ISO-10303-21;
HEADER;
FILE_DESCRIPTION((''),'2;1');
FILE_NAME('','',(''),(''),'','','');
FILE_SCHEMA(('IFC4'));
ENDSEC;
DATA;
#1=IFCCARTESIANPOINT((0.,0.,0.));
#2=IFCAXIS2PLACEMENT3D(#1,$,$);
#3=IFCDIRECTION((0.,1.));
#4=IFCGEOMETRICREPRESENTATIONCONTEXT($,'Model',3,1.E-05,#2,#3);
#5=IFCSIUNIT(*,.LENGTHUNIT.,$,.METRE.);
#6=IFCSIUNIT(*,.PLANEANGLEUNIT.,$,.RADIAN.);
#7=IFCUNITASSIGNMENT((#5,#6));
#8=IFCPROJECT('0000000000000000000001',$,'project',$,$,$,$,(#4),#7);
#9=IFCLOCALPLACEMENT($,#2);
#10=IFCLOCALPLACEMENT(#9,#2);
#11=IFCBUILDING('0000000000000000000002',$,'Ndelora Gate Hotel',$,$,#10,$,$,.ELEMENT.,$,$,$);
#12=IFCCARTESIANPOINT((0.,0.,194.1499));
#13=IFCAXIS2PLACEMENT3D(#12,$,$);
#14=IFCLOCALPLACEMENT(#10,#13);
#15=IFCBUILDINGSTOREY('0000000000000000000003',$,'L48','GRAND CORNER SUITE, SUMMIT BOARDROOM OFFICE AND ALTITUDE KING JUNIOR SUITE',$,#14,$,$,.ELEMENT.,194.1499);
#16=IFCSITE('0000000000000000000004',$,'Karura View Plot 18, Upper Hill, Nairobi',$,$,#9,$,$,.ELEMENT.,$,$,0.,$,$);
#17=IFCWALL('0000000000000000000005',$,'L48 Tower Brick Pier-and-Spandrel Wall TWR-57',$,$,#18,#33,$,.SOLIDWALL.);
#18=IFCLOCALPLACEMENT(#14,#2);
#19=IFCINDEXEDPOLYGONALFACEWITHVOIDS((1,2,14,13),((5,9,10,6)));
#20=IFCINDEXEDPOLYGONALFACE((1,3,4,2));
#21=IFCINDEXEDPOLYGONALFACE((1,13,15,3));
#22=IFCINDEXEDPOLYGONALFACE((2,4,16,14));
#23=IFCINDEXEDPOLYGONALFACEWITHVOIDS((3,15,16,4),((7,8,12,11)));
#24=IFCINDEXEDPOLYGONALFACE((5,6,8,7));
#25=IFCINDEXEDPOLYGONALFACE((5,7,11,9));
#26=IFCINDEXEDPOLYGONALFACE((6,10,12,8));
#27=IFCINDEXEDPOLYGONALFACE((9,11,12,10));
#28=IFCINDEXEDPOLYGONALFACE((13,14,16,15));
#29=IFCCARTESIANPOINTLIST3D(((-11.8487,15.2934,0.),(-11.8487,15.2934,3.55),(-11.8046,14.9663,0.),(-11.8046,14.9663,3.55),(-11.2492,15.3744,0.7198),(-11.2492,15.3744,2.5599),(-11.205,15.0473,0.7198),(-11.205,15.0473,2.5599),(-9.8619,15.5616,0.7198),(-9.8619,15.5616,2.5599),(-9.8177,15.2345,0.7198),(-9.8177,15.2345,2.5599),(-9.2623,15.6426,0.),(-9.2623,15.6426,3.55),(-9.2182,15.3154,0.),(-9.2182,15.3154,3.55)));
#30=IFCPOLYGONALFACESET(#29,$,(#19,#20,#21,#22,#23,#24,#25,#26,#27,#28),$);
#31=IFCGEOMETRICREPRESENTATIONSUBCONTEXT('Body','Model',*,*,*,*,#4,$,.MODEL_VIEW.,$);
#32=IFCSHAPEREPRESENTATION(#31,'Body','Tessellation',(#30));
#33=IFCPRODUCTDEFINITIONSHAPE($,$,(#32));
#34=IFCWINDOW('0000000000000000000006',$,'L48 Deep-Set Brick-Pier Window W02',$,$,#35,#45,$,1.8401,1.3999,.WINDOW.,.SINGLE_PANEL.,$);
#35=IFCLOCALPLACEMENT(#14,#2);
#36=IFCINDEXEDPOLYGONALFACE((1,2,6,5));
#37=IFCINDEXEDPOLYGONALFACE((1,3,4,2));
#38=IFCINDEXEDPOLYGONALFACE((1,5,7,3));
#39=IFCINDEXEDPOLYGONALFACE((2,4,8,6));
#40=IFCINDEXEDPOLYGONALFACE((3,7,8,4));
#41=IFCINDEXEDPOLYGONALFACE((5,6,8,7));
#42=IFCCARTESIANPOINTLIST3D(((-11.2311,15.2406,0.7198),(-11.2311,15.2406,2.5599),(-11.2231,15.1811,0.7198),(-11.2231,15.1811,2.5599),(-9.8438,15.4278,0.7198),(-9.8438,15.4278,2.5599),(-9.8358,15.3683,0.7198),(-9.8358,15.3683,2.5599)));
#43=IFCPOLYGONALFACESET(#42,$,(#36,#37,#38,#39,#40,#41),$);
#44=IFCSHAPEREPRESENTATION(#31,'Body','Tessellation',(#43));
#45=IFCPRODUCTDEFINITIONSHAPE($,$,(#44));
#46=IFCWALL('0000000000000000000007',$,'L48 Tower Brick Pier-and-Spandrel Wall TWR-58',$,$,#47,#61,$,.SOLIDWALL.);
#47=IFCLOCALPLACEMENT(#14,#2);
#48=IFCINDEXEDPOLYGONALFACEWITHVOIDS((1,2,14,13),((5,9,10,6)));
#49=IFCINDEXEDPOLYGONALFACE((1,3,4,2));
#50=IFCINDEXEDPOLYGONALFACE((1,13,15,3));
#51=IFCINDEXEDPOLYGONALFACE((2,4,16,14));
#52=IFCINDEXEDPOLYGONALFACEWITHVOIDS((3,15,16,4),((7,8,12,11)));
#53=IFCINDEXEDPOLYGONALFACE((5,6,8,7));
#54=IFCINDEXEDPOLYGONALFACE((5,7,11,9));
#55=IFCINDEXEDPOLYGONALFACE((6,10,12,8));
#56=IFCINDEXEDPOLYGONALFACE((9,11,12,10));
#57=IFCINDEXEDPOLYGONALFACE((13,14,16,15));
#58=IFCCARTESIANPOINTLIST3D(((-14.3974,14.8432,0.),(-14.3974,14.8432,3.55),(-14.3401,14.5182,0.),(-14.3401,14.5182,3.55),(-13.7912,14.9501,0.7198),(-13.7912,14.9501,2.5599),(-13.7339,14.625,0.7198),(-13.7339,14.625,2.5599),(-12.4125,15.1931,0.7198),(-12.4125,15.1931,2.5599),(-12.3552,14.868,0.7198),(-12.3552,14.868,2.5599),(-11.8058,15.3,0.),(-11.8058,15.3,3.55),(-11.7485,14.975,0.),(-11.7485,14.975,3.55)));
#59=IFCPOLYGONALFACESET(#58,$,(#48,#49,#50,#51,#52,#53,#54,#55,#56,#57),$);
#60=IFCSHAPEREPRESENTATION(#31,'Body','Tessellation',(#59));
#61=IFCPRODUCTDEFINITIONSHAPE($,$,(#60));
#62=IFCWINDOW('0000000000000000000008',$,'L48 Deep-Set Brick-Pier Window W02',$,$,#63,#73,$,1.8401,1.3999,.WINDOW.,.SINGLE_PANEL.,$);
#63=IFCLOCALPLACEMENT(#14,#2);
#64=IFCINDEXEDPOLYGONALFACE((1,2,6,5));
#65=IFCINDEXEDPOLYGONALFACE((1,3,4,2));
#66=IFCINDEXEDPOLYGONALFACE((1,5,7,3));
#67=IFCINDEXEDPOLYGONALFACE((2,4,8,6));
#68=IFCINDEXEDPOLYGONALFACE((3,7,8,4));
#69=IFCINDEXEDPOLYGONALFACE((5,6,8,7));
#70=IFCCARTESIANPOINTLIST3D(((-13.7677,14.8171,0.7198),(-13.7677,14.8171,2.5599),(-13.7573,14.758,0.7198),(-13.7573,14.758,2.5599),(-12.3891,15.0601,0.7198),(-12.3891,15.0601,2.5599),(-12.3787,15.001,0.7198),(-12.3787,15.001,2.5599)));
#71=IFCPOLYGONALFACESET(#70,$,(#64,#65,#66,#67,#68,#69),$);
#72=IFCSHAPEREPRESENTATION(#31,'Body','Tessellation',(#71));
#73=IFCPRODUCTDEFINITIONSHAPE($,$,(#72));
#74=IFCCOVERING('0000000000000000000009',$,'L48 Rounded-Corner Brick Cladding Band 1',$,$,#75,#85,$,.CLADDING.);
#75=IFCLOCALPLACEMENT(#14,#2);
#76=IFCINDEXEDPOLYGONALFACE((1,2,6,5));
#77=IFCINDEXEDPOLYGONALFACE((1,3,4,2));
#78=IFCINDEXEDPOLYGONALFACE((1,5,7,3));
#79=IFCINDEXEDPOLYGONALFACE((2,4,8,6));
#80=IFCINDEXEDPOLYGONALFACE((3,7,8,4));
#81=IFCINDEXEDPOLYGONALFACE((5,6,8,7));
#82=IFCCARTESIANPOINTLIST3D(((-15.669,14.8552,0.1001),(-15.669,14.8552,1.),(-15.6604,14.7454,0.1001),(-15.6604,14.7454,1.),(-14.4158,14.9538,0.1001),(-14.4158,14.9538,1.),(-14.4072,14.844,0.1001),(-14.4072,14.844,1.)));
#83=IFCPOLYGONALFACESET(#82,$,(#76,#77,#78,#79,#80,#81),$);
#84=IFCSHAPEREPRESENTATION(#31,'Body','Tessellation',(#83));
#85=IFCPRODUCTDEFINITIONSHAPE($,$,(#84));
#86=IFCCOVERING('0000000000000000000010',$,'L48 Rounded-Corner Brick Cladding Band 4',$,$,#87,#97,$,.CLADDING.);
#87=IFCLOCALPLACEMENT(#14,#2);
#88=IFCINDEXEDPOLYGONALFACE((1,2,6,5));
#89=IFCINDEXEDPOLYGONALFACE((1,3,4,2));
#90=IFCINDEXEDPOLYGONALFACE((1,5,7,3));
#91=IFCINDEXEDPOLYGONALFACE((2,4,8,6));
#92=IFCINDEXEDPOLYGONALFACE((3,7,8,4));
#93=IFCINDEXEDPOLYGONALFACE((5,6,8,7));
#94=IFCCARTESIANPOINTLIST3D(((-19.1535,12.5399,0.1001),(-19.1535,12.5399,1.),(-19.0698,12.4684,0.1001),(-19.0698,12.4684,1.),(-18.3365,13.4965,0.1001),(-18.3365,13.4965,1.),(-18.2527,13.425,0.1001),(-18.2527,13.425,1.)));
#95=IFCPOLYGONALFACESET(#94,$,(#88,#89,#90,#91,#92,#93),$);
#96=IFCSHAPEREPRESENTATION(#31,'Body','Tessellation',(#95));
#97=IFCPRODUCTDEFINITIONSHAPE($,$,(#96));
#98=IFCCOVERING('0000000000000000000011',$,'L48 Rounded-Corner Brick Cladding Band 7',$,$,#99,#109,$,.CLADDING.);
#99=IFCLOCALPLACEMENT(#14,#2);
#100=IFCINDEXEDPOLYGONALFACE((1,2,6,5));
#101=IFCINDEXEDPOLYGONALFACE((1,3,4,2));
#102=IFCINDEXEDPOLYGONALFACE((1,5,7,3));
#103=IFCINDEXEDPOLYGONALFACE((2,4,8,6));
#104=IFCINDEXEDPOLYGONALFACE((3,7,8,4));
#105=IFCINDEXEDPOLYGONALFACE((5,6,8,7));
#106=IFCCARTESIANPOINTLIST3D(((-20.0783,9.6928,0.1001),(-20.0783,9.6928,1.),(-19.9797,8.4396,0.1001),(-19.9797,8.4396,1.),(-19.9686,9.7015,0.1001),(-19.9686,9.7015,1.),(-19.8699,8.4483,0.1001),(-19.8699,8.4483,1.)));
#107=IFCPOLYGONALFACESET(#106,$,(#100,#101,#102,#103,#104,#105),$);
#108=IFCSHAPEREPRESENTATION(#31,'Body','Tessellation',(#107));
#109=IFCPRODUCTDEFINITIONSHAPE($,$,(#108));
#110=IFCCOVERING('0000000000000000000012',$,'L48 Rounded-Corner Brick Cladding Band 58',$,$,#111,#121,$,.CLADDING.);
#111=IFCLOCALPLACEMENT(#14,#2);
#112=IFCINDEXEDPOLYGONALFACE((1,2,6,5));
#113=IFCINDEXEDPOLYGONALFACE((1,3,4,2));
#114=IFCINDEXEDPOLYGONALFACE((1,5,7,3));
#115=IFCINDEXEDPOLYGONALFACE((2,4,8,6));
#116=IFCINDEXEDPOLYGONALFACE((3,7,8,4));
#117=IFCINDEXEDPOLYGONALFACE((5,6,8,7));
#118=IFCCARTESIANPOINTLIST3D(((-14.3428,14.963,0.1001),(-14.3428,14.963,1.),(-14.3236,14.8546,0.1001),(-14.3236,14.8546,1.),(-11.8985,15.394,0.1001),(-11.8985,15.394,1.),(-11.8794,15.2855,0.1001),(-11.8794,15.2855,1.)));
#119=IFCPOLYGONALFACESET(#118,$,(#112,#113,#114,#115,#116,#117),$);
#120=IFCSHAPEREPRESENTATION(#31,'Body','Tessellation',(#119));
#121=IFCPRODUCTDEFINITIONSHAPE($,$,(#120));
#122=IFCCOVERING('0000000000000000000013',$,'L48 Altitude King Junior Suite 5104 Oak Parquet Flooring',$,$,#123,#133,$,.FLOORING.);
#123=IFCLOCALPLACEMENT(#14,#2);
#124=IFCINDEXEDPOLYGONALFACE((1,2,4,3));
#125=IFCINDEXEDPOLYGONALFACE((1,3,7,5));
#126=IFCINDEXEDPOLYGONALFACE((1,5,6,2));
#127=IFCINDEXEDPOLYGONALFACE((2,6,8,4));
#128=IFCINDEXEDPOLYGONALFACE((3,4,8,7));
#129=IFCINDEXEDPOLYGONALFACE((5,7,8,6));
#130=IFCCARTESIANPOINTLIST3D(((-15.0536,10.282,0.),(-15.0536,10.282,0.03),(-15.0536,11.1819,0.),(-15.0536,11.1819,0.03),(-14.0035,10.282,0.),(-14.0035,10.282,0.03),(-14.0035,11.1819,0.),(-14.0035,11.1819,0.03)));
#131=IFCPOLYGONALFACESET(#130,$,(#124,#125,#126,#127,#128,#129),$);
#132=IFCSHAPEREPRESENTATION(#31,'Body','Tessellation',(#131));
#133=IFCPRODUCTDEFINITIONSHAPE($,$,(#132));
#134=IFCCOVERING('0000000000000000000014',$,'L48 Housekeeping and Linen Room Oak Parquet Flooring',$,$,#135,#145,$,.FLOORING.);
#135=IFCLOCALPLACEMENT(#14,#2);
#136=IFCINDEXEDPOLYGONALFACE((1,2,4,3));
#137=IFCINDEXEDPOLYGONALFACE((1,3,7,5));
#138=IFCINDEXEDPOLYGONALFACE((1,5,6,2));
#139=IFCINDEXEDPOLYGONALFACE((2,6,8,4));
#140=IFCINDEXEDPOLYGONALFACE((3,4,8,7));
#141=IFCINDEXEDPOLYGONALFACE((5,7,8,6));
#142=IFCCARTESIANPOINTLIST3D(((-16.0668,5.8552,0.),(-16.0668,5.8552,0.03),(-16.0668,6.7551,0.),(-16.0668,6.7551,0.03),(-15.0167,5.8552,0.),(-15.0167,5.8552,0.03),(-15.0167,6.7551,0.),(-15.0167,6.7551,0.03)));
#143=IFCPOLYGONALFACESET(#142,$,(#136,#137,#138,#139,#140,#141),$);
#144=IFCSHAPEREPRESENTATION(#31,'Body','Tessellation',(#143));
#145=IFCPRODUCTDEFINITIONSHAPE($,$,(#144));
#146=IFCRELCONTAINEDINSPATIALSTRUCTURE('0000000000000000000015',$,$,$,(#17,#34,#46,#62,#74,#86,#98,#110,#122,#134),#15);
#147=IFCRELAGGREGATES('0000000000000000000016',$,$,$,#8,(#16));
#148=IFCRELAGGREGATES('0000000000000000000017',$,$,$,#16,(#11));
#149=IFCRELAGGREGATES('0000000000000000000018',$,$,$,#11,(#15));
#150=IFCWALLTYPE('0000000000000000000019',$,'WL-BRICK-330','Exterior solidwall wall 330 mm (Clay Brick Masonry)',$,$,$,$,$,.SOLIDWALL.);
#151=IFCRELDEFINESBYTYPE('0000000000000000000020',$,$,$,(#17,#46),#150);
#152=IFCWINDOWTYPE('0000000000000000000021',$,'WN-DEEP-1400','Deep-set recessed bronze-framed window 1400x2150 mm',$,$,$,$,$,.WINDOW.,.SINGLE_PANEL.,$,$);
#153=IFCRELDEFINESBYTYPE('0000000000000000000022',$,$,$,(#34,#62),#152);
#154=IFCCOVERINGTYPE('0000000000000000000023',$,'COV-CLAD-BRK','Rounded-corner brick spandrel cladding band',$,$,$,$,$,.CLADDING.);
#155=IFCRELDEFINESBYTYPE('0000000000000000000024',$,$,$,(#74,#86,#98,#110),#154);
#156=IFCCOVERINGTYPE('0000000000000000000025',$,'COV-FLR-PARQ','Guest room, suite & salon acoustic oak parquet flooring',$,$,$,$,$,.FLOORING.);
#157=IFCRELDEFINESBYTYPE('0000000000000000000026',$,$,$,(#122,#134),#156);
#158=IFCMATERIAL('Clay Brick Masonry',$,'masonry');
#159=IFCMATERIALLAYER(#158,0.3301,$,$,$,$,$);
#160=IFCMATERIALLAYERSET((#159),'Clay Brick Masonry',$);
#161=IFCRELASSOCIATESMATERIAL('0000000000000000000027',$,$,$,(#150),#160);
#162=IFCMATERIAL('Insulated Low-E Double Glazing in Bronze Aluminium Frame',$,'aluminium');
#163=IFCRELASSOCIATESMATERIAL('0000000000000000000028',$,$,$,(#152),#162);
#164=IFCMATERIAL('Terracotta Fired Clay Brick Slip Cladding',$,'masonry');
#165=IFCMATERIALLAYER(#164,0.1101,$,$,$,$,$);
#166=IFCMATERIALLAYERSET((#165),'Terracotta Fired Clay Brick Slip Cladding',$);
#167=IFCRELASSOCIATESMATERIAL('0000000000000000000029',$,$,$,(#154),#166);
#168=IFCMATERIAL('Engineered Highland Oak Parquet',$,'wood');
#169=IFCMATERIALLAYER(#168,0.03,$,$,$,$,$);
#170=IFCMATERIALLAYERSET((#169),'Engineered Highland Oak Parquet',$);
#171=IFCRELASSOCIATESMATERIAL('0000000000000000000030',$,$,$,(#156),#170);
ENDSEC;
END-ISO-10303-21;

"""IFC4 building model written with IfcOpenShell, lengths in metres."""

from ifc_helpers import new_model, si_unit, direction, frame, frame_2d, origin, origin_2d, place, context, subcontext, project, spatial, rectangle, extrude, material, layer, layer_set, type_object, element, fill, save


model = new_model("IFC4")

# Units and contexts
model_context = context("Model", 3, precision=1e-05, world=origin(), true_north=direction((0.0, 1.0)))
body_context = subcontext(model_context, "Body", "Model", "MODEL_VIEW")
ifc_project = project(units=[si_unit("LENGTHUNIT", "METRE"), si_unit("PLANEANGLEUNIT", "RADIAN")], contexts=[model_context])

# Site, building, storey
site_placement = place(None, origin())
site = spatial("IfcSite", under=ifc_project, at=site_placement, Name="Karura View Plot 18, Upper Hill, Nairobi", CompositionType="ELEMENT", RefElevation=0.0)
building_placement = place(site_placement, origin())
building = spatial("IfcBuilding", under=site, at=building_placement, Name="Ndelora Gate Hotel", CompositionType="ELEMENT")
storey_placement = place(building_placement, frame((0.0, 0.0, 194.1499)))
storey = spatial("IfcBuildingStorey", under=building, at=storey_placement, Name="L48", Description="GRAND CORNER SUITE, SUMMIT BOARDROOM OFFICE AND ALTITUDE KING JUNIOR SUITE", CompositionType="ELEMENT", Elevation=194.1499)

# Shared definitions
ifc_material_1 = material(Name="Clay Brick Masonry", Category="masonry")
ifc_layer_1 = layer(ifc_material_1, 0.3301)
ifc_layer_set_1 = layer_set([ifc_layer_1], Name="Clay Brick Masonry")
wall_type = type_object("IfcWallType", Name="WL-BRICK-330", Description="Exterior solidwall wall 330 mm (Clay Brick Masonry)", PredefinedType="SOLIDWALL", material=ifc_layer_set_1)

# Walls, openings, windows
ifc_material_2 = material(Name="Insulated Low-E Double Glazing in Bronze Aluminium Frame", Category="aluminium")
window_type = type_object("IfcWindowType", Name="WN-DEEP-1400", Description="Deep-set recessed bronze-framed window 1400x2150 mm", PartitioningType="SINGLE_PANEL", PredefinedType="WINDOW", material=ifc_material_2)
wall_1_placement = place(storey_placement, frame((-11.8267, 15.1299, 0.0), z_axis=(0.0, 0.0, 1.0), x_axis=(0.991013, 0.133769, 0.0)))
wall_1 = element("IfcWall", 1, at=wall_1_placement, inside=storey, type_object=wall_type, Name="L48 Tower Brick Pier-and-Spandrel Wall TWR-57", PredefinedType="SOLIDWALL", context=body_context, shape_type="SweptSolid", body=[
    extrude(rectangle(XDim=2.6099, YDim=0.3301, at=frame_2d((1.3049, 0.0))), origin(), (0.0, 0.0, 1.0), 3.55),
])
opening_1_placement = place(wall_1_placement, frame((0.605, 0.0, 0.72)))
opening_1 = element("IfcOpeningElement", 2, at=opening_1_placement, cuts=wall_1, PredefinedType="OPENING", context=body_context, shape_type="SweptSolid", body=[
    extrude(rectangle(XDim=1.3999, YDim=1.8401, at=frame_2d((0.7, 0.9199))), frame((0.0, 0.175, 0.0), z_axis=(0.0, -1.0, 0.0), x_axis=(1.0, 0.0, 0.0)), (0.0, 0.0, 1.0), 0.3501),
])
window_1_placement = place(opening_1_placement, origin())
window_1 = element("IfcWindow", 3, at=window_1_placement, inside=storey, type_object=window_type, Name="L48 Deep-Set Brick-Pier Window W02", OverallHeight=1.8401, OverallWidth=1.3999, PartitioningType="SINGLE_PANEL", PredefinedType="WINDOW", context=body_context, shape_type="SweptSolid", body=[
    extrude(rectangle(XDim=1.3999, YDim=1.8401, at=frame_2d((0.7, 0.9199))), frame((0.0, 0.03, 0.0), z_axis=(0.0, -1.0, 0.0), x_axis=(1.0, 0.0, 0.0)), (0.0, 0.0, 1.0), 0.0601),
])
fill(opening_1, window_1)
wall_2_placement = place(storey_placement, frame((-14.3689, 14.6807, 0.0), z_axis=(0.0, 0.0, 1.0), x_axis=(0.984819, 0.173584, 0.0)))
wall_2 = element("IfcWall", 4, at=wall_2_placement, inside=storey, type_object=wall_type, Name="L48 Tower Brick Pier-and-Spandrel Wall TWR-58", PredefinedType="SOLIDWALL", context=body_context, shape_type="SweptSolid", body=[
    extrude(rectangle(XDim=2.6316, YDim=0.3301, at=frame_2d((1.3159, 0.0))), origin(), (0.0, 0.0, 1.0), 3.55),
])
opening_2_placement = place(wall_2_placement, frame((0.6157, 0.0, 0.72)))
opening_2 = element("IfcOpeningElement", 5, at=opening_2_placement, cuts=wall_2, PredefinedType="OPENING", context=body_context, shape_type="SweptSolid", body=[
    extrude(rectangle(XDim=1.3999, YDim=1.8401, at=frame_2d((0.7, 0.9199))), frame((0.0, 0.175, 0.0), z_axis=(0.0, -1.0, 0.0), x_axis=(1.0, 0.0, 0.0)), (0.0, 0.0, 1.0), 0.3501),
])
window_2_placement = place(opening_2_placement, origin())
window_2 = element("IfcWindow", 6, at=window_2_placement, inside=storey, type_object=window_type, Name="L48 Deep-Set Brick-Pier Window W02", OverallHeight=1.8401, OverallWidth=1.3999, PartitioningType="SINGLE_PANEL", PredefinedType="WINDOW", context=body_context, shape_type="SweptSolid", body=[
    extrude(rectangle(XDim=1.3999, YDim=1.8401, at=frame_2d((0.7, 0.9199))), frame((0.0, 0.03, 0.0), z_axis=(0.0, -1.0, 0.0), x_axis=(1.0, 0.0, 0.0)), (0.0, 0.0, 1.0), 0.0601),
])
fill(opening_2, window_2)

# Coverings
ifc_material_3 = material(Name="Terracotta Fired Clay Brick Slip Cladding", Category="masonry")
ifc_layer_2 = layer(ifc_material_3, 0.1101)
ifc_layer_set_2 = layer_set([ifc_layer_2], Name="Terracotta Fired Clay Brick Slip Cladding")
covering_type_1 = type_object("IfcCoveringType", Name="COV-CLAD-BRK", Description="Rounded-corner brick spandrel cladding band", PredefinedType="CLADDING", material=ifc_layer_set_2)
covering_1_placement = place(storey_placement, frame((-15.0381, 14.8496, 0.1001), z_axis=(0.0, 0.0, 1.0), x_axis=(0.996917, 0.078459, 0.0)))
element("IfcCovering", 7, at=covering_1_placement, inside=storey, type_object=covering_type_1, Name="L48 Rounded-Corner Brick Cladding Band 1", PredefinedType="CLADDING", context=body_context, shape_type="SweptSolid", body=[
    extrude(rectangle(XDim=1.2571, YDim=0.1101, at=origin_2d()), origin(), (0.0, 0.0, 1.0), 0.8999),
])
covering_2_placement = place(storey_placement, frame((-18.7031, 12.9824, 0.1001), z_axis=(0.0, 0.0, 1.0), x_axis=(0.649448, 0.760406, 0.0)))
element("IfcCovering", 8, at=covering_2_placement, inside=storey, type_object=covering_type_1, Name="L48 Rounded-Corner Brick Cladding Band 4", PredefinedType="CLADDING", context=body_context, shape_type="SweptSolid", body=[
    extrude(rectangle(XDim=1.2581, YDim=0.1101, at=origin_2d()), origin(), (0.0, 0.0, 1.0), 0.8999),
])
covering_3_placement = place(storey_placement, frame((-19.9741, 9.0706, 0.1001), z_axis=(0.0, 0.0, 1.0), x_axis=(-0.078459, 0.996917, 0.0)))
element("IfcCovering", 9, at=covering_3_placement, inside=storey, type_object=covering_type_1, Name="L48 Rounded-Corner Brick Cladding Band 7", PredefinedType="CLADDING", context=body_context, shape_type="SweptSolid", body=[
    extrude(rectangle(XDim=1.2571, YDim=0.1101, at=origin_2d()), origin(), (0.0, 0.0, 1.0), 0.8999),
])
covering_4_placement = place(storey_placement, frame((-13.1111, 15.1243, 0.1001), z_axis=(0.0, 0.0, 1.0), x_axis=(0.984808, 0.173648, 0.0)))
element("IfcCovering", 10, at=covering_4_placement, inside=storey, type_object=covering_type_1, Name="L48 Rounded-Corner Brick Cladding Band 58", PredefinedType="CLADDING", context=body_context, shape_type="SweptSolid", body=[
    extrude(rectangle(XDim=2.4819, YDim=0.1101, at=origin_2d()), origin(), (0.0, 0.0, 1.0), 0.8999),
])
ifc_material_4 = material(Name="Engineered Highland Oak Parquet", Category="wood")
ifc_layer_3 = layer(ifc_material_4, 0.03)
ifc_layer_set_3 = layer_set([ifc_layer_3], Name="Engineered Highland Oak Parquet")
covering_type_2 = type_object("IfcCoveringType", Name="COV-FLR-PARQ", Description="Guest room, suite & salon acoustic oak parquet flooring", PredefinedType="FLOORING", material=ifc_layer_set_3)
for number, where, z_axis, x_axis, name in (
    (11, (-14.5286, 10.7319, 0.0), (0.0, 0.0, 1.0), (1.0, 0.0, 0.0), "L48 Altitude King Junior Suite 5104 Oak Parquet Flooring"),
    (12, (-15.5417, 6.3052, 0.0), (0.0, 0.0, 1.0), (1.0, 0.0, 0.0), "L48 Housekeeping and Linen Room Oak Parquet Flooring"),
):
    element("IfcCovering", number, at=place(storey_placement, frame(where, z_axis=z_axis, x_axis=x_axis)), inside=storey, type_object=covering_type_2, Name=name, PredefinedType="FLOORING", context=body_context, shape_type="SweptSolid", body=[
        extrude(rectangle(XDim=1.05, YDim=0.8999, at=origin_2d()), origin(), (0.0, 0.0, 1.0), 0.03),
    ])

save(model, "model.ifc")
